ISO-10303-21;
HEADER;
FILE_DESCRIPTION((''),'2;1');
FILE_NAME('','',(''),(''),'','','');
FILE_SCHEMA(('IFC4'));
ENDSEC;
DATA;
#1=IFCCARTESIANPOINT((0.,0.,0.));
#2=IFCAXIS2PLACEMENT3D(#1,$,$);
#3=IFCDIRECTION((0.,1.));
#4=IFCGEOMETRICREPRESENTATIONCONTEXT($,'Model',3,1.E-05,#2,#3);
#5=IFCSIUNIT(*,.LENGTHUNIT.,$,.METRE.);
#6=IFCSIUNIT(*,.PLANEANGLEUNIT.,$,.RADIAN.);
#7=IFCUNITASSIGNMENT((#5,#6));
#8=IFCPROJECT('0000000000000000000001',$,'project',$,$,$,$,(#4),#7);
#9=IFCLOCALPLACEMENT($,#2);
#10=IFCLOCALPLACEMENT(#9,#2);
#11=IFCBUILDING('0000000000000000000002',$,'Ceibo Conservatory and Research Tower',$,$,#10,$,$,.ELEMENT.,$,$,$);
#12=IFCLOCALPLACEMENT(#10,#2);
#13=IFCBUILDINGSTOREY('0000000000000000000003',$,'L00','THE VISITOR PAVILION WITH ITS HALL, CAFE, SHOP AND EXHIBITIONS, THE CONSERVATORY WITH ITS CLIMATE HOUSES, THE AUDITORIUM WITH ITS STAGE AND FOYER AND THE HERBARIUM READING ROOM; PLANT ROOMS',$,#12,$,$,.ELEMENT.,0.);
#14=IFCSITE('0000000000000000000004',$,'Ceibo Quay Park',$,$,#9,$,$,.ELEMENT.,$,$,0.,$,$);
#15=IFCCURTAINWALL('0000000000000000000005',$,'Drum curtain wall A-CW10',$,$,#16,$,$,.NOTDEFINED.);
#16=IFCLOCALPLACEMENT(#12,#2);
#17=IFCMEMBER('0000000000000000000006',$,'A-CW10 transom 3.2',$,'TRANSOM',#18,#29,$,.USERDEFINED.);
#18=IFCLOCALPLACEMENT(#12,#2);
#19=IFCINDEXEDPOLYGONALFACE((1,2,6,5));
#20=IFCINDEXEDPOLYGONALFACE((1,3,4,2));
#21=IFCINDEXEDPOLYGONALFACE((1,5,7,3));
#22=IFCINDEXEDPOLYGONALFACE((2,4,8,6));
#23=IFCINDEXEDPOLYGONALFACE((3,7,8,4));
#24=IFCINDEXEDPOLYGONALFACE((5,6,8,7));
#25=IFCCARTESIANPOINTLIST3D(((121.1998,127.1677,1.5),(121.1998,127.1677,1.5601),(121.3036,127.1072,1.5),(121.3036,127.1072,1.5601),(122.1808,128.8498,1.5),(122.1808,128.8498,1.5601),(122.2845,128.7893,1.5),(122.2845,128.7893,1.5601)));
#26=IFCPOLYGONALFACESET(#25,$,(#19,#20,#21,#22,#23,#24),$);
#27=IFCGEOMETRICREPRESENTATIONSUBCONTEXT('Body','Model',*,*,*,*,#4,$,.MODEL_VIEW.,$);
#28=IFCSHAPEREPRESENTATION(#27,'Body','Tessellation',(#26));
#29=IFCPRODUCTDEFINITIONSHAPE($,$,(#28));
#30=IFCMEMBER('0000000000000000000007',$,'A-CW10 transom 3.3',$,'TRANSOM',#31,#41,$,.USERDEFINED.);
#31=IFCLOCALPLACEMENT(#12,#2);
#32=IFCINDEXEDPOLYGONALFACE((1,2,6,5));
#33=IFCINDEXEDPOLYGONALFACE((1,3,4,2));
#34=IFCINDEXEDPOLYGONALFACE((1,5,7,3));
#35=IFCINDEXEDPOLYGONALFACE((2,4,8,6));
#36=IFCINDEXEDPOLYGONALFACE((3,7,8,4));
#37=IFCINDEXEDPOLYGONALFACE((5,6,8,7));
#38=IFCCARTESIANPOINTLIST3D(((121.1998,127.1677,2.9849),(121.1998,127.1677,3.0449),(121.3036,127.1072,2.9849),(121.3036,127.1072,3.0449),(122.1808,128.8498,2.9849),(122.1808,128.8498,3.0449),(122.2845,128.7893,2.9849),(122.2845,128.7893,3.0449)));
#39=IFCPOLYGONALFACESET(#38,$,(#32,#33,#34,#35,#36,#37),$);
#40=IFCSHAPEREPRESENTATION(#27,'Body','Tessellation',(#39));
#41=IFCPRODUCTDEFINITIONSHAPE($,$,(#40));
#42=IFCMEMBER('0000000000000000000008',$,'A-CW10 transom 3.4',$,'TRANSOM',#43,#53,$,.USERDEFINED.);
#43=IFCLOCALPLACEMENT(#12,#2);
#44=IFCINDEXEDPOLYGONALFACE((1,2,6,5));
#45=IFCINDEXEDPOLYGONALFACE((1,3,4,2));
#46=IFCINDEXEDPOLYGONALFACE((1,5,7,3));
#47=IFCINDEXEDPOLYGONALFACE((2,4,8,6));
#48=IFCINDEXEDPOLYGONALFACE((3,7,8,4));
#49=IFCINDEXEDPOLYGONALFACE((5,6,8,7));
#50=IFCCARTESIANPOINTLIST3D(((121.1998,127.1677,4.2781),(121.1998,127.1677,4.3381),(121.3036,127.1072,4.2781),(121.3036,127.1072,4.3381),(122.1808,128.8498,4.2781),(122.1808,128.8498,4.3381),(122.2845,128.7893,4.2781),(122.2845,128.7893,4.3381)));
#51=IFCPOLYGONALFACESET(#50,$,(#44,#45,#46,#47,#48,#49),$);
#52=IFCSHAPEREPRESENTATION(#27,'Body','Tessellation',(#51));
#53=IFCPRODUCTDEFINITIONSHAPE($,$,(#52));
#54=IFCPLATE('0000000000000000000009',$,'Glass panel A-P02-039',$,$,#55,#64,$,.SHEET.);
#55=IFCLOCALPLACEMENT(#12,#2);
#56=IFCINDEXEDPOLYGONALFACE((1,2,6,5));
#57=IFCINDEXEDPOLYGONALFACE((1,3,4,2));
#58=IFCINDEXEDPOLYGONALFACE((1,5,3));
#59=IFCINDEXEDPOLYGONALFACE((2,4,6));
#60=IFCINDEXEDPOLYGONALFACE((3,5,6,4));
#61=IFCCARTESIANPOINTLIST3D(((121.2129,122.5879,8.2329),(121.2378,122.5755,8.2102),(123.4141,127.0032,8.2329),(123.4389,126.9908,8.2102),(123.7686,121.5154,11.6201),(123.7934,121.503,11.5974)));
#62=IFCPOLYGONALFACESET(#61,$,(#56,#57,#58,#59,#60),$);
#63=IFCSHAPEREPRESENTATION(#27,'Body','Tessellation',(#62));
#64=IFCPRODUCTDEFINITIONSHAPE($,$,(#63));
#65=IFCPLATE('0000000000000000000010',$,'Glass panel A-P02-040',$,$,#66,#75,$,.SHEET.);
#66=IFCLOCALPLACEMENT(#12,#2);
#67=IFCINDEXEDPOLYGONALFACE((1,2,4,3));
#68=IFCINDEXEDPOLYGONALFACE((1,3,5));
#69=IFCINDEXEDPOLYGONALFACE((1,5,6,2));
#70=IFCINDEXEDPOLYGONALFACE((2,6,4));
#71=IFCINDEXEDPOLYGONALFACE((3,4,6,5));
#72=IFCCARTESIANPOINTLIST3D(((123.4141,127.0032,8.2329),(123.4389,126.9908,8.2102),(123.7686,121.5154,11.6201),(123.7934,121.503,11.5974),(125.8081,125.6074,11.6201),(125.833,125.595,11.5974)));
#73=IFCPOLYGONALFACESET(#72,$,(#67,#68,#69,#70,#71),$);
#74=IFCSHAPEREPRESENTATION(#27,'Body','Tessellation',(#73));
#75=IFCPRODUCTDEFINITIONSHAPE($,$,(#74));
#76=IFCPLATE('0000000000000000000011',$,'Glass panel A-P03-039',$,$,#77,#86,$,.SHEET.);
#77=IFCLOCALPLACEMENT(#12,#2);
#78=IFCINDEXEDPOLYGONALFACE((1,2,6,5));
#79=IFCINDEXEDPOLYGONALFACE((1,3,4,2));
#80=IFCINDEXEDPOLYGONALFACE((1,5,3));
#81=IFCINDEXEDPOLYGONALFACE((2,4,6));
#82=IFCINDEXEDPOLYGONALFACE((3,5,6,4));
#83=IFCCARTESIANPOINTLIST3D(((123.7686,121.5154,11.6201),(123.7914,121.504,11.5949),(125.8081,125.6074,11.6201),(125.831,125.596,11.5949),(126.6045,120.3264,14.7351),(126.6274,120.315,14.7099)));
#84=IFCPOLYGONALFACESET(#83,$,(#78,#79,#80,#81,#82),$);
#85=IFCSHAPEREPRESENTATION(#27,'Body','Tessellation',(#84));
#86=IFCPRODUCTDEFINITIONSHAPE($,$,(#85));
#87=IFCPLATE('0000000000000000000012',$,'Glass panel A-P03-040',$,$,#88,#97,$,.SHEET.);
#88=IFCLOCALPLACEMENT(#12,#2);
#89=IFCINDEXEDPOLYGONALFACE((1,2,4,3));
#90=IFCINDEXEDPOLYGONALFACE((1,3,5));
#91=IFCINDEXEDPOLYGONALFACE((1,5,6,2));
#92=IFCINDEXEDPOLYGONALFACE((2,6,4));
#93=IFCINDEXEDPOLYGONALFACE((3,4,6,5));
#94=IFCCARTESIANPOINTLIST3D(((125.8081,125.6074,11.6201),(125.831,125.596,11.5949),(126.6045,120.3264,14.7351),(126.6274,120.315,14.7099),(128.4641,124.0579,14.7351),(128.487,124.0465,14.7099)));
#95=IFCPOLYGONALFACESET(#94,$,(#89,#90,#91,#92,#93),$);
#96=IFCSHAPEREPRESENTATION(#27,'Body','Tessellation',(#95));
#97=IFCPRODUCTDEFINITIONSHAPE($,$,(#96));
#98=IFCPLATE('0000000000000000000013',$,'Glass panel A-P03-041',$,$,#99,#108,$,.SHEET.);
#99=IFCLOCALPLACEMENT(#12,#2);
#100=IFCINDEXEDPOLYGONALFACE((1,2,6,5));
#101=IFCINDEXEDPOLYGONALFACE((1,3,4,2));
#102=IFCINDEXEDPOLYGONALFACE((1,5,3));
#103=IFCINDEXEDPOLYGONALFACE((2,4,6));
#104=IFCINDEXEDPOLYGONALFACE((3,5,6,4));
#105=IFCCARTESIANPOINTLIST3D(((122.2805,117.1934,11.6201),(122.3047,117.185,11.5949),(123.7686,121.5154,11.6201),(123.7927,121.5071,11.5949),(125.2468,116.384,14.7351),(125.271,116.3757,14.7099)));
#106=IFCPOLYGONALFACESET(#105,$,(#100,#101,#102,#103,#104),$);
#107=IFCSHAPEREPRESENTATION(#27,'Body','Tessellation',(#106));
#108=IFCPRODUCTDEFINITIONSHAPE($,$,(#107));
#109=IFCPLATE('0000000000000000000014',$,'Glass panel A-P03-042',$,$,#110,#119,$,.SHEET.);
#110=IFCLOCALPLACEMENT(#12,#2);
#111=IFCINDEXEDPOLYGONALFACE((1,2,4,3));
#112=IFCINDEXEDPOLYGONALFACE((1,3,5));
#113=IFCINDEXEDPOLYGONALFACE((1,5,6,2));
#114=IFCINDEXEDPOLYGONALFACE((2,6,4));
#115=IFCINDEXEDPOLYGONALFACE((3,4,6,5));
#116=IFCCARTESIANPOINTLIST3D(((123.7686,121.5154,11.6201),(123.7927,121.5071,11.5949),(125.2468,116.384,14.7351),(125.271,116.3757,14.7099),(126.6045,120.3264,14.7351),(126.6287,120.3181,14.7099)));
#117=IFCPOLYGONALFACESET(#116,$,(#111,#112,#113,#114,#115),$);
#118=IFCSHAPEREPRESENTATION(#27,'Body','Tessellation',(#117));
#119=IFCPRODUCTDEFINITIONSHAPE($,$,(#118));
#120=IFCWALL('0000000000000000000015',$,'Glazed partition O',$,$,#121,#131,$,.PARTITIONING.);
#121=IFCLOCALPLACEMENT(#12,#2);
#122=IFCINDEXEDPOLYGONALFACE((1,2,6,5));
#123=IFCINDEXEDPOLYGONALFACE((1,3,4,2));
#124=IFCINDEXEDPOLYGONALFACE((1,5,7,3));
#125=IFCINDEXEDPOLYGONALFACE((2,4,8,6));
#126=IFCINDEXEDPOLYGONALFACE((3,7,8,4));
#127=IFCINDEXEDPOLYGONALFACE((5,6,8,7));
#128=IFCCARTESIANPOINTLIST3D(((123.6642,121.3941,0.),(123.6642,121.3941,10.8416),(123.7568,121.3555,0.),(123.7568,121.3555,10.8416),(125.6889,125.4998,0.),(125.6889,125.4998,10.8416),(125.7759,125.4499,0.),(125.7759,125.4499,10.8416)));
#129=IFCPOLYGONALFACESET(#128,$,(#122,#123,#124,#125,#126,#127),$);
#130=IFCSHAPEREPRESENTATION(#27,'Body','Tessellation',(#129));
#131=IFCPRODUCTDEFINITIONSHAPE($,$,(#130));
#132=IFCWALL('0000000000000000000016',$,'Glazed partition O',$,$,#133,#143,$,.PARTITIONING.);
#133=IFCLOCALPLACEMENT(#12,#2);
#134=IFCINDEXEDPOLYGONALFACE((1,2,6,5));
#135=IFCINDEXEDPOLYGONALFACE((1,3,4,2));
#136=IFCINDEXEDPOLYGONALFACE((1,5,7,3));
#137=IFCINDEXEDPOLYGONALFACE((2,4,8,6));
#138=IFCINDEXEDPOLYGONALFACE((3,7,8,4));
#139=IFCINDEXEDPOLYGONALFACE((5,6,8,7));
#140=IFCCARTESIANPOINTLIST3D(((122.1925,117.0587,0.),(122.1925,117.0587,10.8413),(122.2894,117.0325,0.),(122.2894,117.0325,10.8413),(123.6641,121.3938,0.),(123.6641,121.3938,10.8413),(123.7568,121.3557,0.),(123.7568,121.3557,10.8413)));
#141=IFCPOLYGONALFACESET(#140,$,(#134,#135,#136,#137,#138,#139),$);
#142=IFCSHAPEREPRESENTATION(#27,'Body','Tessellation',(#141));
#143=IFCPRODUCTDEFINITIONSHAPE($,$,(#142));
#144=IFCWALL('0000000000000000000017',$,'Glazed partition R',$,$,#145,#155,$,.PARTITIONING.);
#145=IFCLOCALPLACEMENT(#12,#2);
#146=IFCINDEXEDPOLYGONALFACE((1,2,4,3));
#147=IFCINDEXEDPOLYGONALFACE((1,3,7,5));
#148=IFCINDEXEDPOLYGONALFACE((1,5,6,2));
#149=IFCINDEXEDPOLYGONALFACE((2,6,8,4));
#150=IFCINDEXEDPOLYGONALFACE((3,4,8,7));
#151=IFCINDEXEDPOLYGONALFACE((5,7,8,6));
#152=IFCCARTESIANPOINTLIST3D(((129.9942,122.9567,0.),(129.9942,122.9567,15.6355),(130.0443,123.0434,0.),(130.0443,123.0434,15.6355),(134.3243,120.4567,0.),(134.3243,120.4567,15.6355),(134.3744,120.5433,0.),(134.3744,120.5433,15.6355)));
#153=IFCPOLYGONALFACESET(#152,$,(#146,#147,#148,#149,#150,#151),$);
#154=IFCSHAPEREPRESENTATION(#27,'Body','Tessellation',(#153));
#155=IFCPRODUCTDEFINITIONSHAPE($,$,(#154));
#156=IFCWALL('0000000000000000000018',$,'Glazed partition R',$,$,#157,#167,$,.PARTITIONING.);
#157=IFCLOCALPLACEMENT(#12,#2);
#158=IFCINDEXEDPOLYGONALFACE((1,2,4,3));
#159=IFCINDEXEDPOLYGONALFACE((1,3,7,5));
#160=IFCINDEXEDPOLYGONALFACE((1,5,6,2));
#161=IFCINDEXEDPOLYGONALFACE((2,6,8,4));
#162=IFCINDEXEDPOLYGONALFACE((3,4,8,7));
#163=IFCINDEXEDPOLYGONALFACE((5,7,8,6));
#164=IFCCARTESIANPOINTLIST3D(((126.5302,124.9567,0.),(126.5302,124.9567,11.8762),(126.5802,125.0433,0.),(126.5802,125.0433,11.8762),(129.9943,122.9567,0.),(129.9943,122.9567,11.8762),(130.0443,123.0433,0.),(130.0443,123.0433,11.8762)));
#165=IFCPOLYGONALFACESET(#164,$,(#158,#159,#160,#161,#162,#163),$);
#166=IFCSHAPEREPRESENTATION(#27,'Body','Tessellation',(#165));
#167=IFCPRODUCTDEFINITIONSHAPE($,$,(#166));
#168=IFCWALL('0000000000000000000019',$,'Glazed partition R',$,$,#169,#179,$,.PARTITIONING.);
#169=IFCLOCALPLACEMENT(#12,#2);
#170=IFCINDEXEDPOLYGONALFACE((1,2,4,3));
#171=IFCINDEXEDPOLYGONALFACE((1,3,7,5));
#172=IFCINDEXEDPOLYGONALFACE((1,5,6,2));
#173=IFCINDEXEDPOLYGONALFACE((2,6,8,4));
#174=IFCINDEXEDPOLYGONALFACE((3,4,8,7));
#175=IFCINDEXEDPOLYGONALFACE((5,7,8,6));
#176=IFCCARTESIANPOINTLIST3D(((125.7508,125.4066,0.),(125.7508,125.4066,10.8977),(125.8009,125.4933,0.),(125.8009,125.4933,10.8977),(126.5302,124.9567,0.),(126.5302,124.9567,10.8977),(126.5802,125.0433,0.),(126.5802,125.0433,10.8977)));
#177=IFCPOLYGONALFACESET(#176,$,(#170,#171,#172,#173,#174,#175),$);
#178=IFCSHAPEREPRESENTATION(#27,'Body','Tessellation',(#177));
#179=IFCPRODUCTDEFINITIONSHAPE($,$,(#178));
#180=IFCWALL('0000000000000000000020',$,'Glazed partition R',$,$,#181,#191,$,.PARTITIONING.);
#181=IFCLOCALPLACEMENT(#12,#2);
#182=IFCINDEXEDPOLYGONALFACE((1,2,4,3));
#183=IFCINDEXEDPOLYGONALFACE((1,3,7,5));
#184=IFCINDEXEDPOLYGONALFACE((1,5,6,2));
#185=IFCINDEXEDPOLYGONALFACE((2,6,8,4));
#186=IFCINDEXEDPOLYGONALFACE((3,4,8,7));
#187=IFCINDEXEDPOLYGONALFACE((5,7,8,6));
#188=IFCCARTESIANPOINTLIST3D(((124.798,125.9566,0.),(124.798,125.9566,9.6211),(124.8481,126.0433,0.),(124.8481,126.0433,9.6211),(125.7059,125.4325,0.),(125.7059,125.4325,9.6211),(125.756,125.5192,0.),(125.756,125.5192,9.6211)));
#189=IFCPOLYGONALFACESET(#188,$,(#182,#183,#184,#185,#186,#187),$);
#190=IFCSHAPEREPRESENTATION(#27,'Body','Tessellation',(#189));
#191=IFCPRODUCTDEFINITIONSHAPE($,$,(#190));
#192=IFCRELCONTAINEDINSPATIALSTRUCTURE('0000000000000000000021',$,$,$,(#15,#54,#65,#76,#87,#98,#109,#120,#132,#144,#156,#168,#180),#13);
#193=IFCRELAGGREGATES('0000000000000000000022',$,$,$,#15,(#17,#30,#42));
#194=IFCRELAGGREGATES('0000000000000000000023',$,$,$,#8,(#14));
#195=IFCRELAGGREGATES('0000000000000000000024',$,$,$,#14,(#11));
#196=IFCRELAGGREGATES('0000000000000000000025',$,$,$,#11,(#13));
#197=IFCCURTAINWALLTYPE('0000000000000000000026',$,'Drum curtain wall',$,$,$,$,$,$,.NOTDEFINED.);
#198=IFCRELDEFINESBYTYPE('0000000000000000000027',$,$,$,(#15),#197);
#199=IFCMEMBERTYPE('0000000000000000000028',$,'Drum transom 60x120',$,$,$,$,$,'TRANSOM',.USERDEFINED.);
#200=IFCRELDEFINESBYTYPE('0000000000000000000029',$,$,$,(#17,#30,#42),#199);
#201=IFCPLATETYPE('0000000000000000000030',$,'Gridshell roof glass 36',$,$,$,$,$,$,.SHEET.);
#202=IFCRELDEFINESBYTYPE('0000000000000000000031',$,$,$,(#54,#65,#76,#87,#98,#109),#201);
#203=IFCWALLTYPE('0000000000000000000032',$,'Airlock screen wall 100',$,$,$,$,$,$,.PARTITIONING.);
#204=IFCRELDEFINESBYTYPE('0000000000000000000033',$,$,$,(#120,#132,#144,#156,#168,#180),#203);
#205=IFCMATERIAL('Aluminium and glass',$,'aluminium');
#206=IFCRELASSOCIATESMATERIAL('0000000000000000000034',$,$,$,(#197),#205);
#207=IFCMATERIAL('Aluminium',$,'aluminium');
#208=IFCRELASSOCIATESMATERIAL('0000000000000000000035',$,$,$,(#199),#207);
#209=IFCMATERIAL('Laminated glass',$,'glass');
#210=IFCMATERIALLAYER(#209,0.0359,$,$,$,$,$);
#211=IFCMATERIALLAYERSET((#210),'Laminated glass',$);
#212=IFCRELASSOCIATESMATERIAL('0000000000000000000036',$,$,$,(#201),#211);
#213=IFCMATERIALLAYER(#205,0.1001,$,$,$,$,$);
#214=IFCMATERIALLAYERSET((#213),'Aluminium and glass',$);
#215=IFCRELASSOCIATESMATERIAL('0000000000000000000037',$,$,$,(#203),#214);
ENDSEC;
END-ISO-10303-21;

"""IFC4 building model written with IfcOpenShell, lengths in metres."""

from ifc_helpers import new_model, si_unit, direction, frame, frame_2d, origin, origin_2d, place, context, subcontext, project, spatial, polyline, rectangle, outline, extrude, material, layer, layer_set, material_profile, profile_set, type_object, element, aggregate, save


model = new_model("IFC4")

# Units and contexts
model_context = context("Model", 3, precision=1e-05, world=origin(), true_north=direction((0.0, 1.0)))
body_context = subcontext(model_context, "Body", "Model", "MODEL_VIEW")
ifc_project = project(units=[si_unit("LENGTHUNIT", "METRE"), si_unit("PLANEANGLEUNIT", "RADIAN")], contexts=[model_context])

# Site, building, storey
site_placement = place(None, origin())
site = spatial("IfcSite", under=ifc_project, at=site_placement, Name="Ceibo Quay Park", CompositionType="ELEMENT", RefElevation=0.0)
building_placement = place(site_placement, origin())
building = spatial("IfcBuilding", under=site, at=building_placement, Name="Ceibo Conservatory and Research Tower", CompositionType="ELEMENT")
storey_placement = place(building_placement, origin())
storey = spatial("IfcBuildingStorey", under=building, at=storey_placement, Name="L00", Description="THE VISITOR PAVILION WITH ITS HALL, CAFE, SHOP AND EXHIBITIONS, THE CONSERVATORY WITH ITS CLIMATE HOUSES, THE AUDITORIUM WITH ITS STAGE AND FOYER AND THE HERBARIUM READING ROOM; PLANT ROOMS", CompositionType="ELEMENT", Elevation=0.0)

# Curtain wall, members
ifc_material_1 = material(Name="Aluminium and glass", Category="aluminium")
curtain_wall_type = type_object("IfcCurtainWallType", Name="Drum curtain wall", PredefinedType="NOTDEFINED", material=ifc_material_1)
curtain_wall_placement = place(storey_placement, origin())
curtain_wall = element("IfcCurtainWall", 1, at=curtain_wall_placement, inside=storey, type_object=curtain_wall_type, Name="Drum curtain wall A-CW10", PredefinedType="NOTDEFINED")
ifc_material_2 = material(Name="Aluminium", Category="aluminium")
ifc_material_profile_1 = material_profile(ifc_material_2, rectangle(XDim=0.1201, YDim=0.0601, at=origin_2d()), Name="AL 60x120")
ifc_profile_set_1 = profile_set([ifc_material_profile_1], Name="Aluminium")
member_type_1 = type_object("IfcMemberType", Name="Drum transom 60x120", ElementType="TRANSOM", PredefinedType="USERDEFINED", material=ifc_profile_set_1)
member_1_placement = place(storey_placement, frame((122.2327, 128.8196, 1.53), z_axis=(-0.503762, -0.863843, 0.0), x_axis=(0.863843, -0.503762, 0.0)))
member_1 = element("IfcMember", 2, at=member_1_placement, type_object=member_type_1, Name="A-CW10 transom 3.2", ObjectType="TRANSOM", PredefinedType="USERDEFINED", context=body_context, shape_type="SweptSolid", body=[
    extrude(rectangle(XDim=0.1201, YDim=0.0601, at=origin_2d()), origin(), (0.0, 0.0, 1.0), 1.9473),
])
member_2_placement = place(storey_placement, frame((122.2327, 128.8196, 3.0149), z_axis=(-0.503762, -0.863843, 0.0), x_axis=(0.863843, -0.503762, 0.0)))
member_2 = element("IfcMember", 3, at=member_2_placement, type_object=member_type_1, Name="A-CW10 transom 3.3", ObjectType="TRANSOM", PredefinedType="USERDEFINED", context=body_context, shape_type="SweptSolid", body=[
    extrude(rectangle(XDim=0.1201, YDim=0.0601, at=origin_2d()), origin(), (0.0, 0.0, 1.0), 1.9473),
])
member_3_placement = place(storey_placement, frame((122.2327, 128.8196, 4.3081), z_axis=(-0.503762, -0.863843, 0.0), x_axis=(0.863843, -0.503762, 0.0)))
member_3 = element("IfcMember", 4, at=member_3_placement, type_object=member_type_1, Name="A-CW10 transom 3.4", ObjectType="TRANSOM", PredefinedType="USERDEFINED", context=body_context, shape_type="SweptSolid", body=[
    extrude(rectangle(XDim=0.1201, YDim=0.0601, at=origin_2d()), origin(), (0.0, 0.0, 1.0), 1.9473),
])
aggregate(curtain_wall, [member_1, member_2, member_3])

# Plates
ifc_material_3 = material(Name="Laminated glass", Category="glass")
ifc_layer_1 = layer(ifc_material_3, 0.0359)
ifc_layer_set_1 = layer_set([ifc_layer_1], Name="Laminated glass")
plate_type = type_object("IfcPlateType", Name="Gridshell roof glass 36", PredefinedType="SHEET", material=ifc_layer_set_1)
plate_1_placement = place(storey_placement, frame((123.4141, 127.0032, 8.2329), z_axis=(-0.693219, 0.345594, 0.632465), x_axis=(-0.446164, -0.894951, 0.0)))
element("IfcPlate", 5, at=plate_1_placement, inside=storey, type_object=plate_type, Name="Glass panel A-P02-039", PredefinedType="SHEET", context=body_context, shape_type="SweptSolid", body=[
    extrude(outline(polyline([(0.0, 0.0), (4.9335, 0.0), (4.7531, 4.3729), (0.0, 0.0)])), origin(), (0.0, 0.0, -1.0), 0.0359),
])
plate_2_placement = place(storey_placement, frame((123.4141, 127.0032, 8.2329), z_axis=(-0.693296, 0.345552, 0.632404), x_axis=(0.054886, -0.849676, 0.524442)))
element("IfcPlate", 6, at=plate_2_placement, inside=storey, type_object=plate_type, Name="Glass panel A-P02-040", PredefinedType="SHEET", context=body_context, shape_type="SweptSolid", body=[
    extrude(outline(polyline([(0.0, 0.0), (6.4587, 0.0), (3.0937, 3.0954), (0.0, 0.0)])), origin(), (0.0, 0.0, -1.0), 0.0359),
])
plate_3_placement = place(storey_placement, frame((125.8081, 125.6074, 11.6201), z_axis=(-0.637594, 0.317789, 0.701773), x_axis=(-0.446081, -0.894992, 0.0)))
element("IfcPlate", 7, at=plate_3_placement, inside=storey, type_object=plate_type, Name="Glass panel A-P03-039", PredefinedType="SHEET", context=body_context, shape_type="SweptSolid", body=[
    extrude(outline(polyline([(0.0, 0.0), (4.5722, 0.0), (4.3712, 4.3725), (0.0, 0.0)])), origin(), (0.0, 0.0, -1.0), 0.0359),
])
plate_4_placement = place(storey_placement, frame((125.8081, 125.6074, 11.6201), z_axis=(-0.637627, 0.317771, 0.70175), x_axis=(0.128808, -0.854151, 0.503819)))
element("IfcPlate", 8, at=plate_4_placement, inside=storey, type_object=plate_type, Name="Glass panel A-P03-040", PredefinedType="SHEET", context=body_context, shape_type="SweptSolid", body=[
    extrude(outline(polyline([(0.0, 0.0), (6.1828, 0.0), (3.2351, 2.9484), (0.0, 0.0)])), origin(), (0.0, 0.0, -1.0), 0.0359),
])
plate_5_placement = place(storey_placement, frame((123.7686, 121.5154, 11.6201), z_axis=(-0.67363, 0.231926, 0.701735), x_axis=(-0.325538, -0.945529, 0.0)))
element("IfcPlate", 9, at=plate_5_placement, inside=storey, type_object=plate_type, Name="Glass panel A-P03-041", PredefinedType="SHEET", context=body_context, shape_type="SweptSolid", body=[
    extrude(outline(polyline([(0.0, 0.0), (4.571, 0.0), (4.3706, 4.3723), (0.0, 0.0)])), origin(), (0.0, 0.0, -1.0), 0.0359),
])
plate_6_placement = place(storey_placement, frame((123.7686, 121.5154, 11.6201), z_axis=(-0.673577, 0.231964, 0.701774), x_axis=(0.239119, -0.830024, 0.503867)))
element("IfcPlate", 10, at=plate_6_placement, inside=storey, type_object=plate_type, Name="Glass panel A-P03-042", PredefinedType="SHEET", context=body_context, shape_type="SweptSolid", body=[
    extrude(outline(polyline([(0.0, 0.0), (6.1822, 0.0), (3.2345, 2.9491), (0.0, 0.0)])), origin(), (0.0, 0.0, -1.0), 0.0359),
])

# Walls
ifc_layer_2 = layer(ifc_material_1, 0.1001)
ifc_layer_set_2 = layer_set([ifc_layer_2], Name="Aluminium and glass")
wall_type_1 = type_object("IfcWallType", Name="Airlock screen wall 100", PredefinedType="PARTITIONING", material=ifc_layer_set_2)
wall_1_placement = place(storey_placement, frame((125.7324, 125.4749, 0.0), z_axis=(0.0, 0.0, 1.0), x_axis=(-0.442294, -0.89687, 0.0)))
element("IfcWall", 11, at=wall_1_placement, inside=storey, type_object=wall_type_1, Name="Glazed partition O", PredefinedType="PARTITIONING", context=body_context, shape_type="SweptSolid", body=[
    extrude(outline(polyline([(-0.0032, -0.05), (4.5747, -0.05), (4.5684, 0.05), (0.0032, 0.05), (-0.0032, -0.05)])), origin(), (0.0, 0.0, 1.0), 10.8416),
])
wall_2_placement = place(storey_placement, frame((123.7104, 121.3748, 0.0), z_axis=(0.0, 0.0, 1.0), x_axis=(-0.32143, -0.946933, 0.0)))
element("IfcWall", 12, at=wall_2_placement, inside=storey, type_object=wall_type_1, Name="Glazed partition O", PredefinedType="PARTITIONING", context=body_context, shape_type="SweptSolid", body=[
    extrude(outline(polyline([(-0.0032, -0.05), (4.575, -0.05), (4.5686, 0.05), (0.0032, 0.05), (-0.0032, -0.05)])), origin(), (0.0, 0.0, 1.0), 10.8413),
])
wall_3_placement = place(storey_placement, frame((134.3494, 120.5, 0.0), z_axis=(0.0, 0.0, 1.0), x_axis=(-0.866023, 0.500004, 0.0)))
element("IfcWall", 13, at=wall_3_placement, inside=storey, type_object=wall_type_1, Name="Glazed partition R", PredefinedType="PARTITIONING", context=body_context, shape_type="SweptSolid", body=[
    extrude(rectangle(XDim=5.0, YDim=0.1001, at=frame_2d((2.5, 0.0))), origin(), (0.0, 0.0, 1.0), 15.6355),
])
wall_4_placement = place(storey_placement, frame((130.0193, 123.0, 0.0), z_axis=(0.0, 0.0, 1.0), x_axis=(-0.866026, 0.499999, 0.0)))
element("IfcWall", 14, at=wall_4_placement, inside=storey, type_object=wall_type_1, Name="Glazed partition R", PredefinedType="PARTITIONING", context=body_context, shape_type="SweptSolid", body=[
    extrude(rectangle(XDim=4.0, YDim=0.1001, at=frame_2d((2.0, 0.0))), origin(), (0.0, 0.0, 1.0), 11.8762),
])
wall_5_placement = place(storey_placement, frame((126.5552, 125.0, 0.0), z_axis=(0.0, 0.0, 1.0), x_axis=(-0.866014, 0.50002, 0.0)))
element("IfcWall", 15, at=wall_5_placement, inside=storey, type_object=wall_type_1, Name="Glazed partition R", PredefinedType="PARTITIONING", context=body_context, shape_type="SweptSolid", body=[
    extrude(rectangle(XDim=0.8999, YDim=0.1001, at=frame_2d((0.45, 0.0))), origin(), (0.0, 0.0, 1.0), 10.8977),
])
wall_6_placement = place(storey_placement, frame((125.731, 125.4758, 0.0), z_axis=(0.0, 0.0, 1.0), x_axis=(-0.866042, 0.499971, 0.0)))
element("IfcWall", 16, at=wall_6_placement, inside=storey, type_object=wall_type_1, Name="Glazed partition R", PredefinedType="PARTITIONING", context=body_context, shape_type="SweptSolid", body=[
    extrude(rectangle(XDim=1.0483, YDim=0.1001, at=frame_2d((0.5242, 0.0))), origin(), (0.0, 0.0, 1.0), 9.6211),
])

save(model, "model.ifc")
